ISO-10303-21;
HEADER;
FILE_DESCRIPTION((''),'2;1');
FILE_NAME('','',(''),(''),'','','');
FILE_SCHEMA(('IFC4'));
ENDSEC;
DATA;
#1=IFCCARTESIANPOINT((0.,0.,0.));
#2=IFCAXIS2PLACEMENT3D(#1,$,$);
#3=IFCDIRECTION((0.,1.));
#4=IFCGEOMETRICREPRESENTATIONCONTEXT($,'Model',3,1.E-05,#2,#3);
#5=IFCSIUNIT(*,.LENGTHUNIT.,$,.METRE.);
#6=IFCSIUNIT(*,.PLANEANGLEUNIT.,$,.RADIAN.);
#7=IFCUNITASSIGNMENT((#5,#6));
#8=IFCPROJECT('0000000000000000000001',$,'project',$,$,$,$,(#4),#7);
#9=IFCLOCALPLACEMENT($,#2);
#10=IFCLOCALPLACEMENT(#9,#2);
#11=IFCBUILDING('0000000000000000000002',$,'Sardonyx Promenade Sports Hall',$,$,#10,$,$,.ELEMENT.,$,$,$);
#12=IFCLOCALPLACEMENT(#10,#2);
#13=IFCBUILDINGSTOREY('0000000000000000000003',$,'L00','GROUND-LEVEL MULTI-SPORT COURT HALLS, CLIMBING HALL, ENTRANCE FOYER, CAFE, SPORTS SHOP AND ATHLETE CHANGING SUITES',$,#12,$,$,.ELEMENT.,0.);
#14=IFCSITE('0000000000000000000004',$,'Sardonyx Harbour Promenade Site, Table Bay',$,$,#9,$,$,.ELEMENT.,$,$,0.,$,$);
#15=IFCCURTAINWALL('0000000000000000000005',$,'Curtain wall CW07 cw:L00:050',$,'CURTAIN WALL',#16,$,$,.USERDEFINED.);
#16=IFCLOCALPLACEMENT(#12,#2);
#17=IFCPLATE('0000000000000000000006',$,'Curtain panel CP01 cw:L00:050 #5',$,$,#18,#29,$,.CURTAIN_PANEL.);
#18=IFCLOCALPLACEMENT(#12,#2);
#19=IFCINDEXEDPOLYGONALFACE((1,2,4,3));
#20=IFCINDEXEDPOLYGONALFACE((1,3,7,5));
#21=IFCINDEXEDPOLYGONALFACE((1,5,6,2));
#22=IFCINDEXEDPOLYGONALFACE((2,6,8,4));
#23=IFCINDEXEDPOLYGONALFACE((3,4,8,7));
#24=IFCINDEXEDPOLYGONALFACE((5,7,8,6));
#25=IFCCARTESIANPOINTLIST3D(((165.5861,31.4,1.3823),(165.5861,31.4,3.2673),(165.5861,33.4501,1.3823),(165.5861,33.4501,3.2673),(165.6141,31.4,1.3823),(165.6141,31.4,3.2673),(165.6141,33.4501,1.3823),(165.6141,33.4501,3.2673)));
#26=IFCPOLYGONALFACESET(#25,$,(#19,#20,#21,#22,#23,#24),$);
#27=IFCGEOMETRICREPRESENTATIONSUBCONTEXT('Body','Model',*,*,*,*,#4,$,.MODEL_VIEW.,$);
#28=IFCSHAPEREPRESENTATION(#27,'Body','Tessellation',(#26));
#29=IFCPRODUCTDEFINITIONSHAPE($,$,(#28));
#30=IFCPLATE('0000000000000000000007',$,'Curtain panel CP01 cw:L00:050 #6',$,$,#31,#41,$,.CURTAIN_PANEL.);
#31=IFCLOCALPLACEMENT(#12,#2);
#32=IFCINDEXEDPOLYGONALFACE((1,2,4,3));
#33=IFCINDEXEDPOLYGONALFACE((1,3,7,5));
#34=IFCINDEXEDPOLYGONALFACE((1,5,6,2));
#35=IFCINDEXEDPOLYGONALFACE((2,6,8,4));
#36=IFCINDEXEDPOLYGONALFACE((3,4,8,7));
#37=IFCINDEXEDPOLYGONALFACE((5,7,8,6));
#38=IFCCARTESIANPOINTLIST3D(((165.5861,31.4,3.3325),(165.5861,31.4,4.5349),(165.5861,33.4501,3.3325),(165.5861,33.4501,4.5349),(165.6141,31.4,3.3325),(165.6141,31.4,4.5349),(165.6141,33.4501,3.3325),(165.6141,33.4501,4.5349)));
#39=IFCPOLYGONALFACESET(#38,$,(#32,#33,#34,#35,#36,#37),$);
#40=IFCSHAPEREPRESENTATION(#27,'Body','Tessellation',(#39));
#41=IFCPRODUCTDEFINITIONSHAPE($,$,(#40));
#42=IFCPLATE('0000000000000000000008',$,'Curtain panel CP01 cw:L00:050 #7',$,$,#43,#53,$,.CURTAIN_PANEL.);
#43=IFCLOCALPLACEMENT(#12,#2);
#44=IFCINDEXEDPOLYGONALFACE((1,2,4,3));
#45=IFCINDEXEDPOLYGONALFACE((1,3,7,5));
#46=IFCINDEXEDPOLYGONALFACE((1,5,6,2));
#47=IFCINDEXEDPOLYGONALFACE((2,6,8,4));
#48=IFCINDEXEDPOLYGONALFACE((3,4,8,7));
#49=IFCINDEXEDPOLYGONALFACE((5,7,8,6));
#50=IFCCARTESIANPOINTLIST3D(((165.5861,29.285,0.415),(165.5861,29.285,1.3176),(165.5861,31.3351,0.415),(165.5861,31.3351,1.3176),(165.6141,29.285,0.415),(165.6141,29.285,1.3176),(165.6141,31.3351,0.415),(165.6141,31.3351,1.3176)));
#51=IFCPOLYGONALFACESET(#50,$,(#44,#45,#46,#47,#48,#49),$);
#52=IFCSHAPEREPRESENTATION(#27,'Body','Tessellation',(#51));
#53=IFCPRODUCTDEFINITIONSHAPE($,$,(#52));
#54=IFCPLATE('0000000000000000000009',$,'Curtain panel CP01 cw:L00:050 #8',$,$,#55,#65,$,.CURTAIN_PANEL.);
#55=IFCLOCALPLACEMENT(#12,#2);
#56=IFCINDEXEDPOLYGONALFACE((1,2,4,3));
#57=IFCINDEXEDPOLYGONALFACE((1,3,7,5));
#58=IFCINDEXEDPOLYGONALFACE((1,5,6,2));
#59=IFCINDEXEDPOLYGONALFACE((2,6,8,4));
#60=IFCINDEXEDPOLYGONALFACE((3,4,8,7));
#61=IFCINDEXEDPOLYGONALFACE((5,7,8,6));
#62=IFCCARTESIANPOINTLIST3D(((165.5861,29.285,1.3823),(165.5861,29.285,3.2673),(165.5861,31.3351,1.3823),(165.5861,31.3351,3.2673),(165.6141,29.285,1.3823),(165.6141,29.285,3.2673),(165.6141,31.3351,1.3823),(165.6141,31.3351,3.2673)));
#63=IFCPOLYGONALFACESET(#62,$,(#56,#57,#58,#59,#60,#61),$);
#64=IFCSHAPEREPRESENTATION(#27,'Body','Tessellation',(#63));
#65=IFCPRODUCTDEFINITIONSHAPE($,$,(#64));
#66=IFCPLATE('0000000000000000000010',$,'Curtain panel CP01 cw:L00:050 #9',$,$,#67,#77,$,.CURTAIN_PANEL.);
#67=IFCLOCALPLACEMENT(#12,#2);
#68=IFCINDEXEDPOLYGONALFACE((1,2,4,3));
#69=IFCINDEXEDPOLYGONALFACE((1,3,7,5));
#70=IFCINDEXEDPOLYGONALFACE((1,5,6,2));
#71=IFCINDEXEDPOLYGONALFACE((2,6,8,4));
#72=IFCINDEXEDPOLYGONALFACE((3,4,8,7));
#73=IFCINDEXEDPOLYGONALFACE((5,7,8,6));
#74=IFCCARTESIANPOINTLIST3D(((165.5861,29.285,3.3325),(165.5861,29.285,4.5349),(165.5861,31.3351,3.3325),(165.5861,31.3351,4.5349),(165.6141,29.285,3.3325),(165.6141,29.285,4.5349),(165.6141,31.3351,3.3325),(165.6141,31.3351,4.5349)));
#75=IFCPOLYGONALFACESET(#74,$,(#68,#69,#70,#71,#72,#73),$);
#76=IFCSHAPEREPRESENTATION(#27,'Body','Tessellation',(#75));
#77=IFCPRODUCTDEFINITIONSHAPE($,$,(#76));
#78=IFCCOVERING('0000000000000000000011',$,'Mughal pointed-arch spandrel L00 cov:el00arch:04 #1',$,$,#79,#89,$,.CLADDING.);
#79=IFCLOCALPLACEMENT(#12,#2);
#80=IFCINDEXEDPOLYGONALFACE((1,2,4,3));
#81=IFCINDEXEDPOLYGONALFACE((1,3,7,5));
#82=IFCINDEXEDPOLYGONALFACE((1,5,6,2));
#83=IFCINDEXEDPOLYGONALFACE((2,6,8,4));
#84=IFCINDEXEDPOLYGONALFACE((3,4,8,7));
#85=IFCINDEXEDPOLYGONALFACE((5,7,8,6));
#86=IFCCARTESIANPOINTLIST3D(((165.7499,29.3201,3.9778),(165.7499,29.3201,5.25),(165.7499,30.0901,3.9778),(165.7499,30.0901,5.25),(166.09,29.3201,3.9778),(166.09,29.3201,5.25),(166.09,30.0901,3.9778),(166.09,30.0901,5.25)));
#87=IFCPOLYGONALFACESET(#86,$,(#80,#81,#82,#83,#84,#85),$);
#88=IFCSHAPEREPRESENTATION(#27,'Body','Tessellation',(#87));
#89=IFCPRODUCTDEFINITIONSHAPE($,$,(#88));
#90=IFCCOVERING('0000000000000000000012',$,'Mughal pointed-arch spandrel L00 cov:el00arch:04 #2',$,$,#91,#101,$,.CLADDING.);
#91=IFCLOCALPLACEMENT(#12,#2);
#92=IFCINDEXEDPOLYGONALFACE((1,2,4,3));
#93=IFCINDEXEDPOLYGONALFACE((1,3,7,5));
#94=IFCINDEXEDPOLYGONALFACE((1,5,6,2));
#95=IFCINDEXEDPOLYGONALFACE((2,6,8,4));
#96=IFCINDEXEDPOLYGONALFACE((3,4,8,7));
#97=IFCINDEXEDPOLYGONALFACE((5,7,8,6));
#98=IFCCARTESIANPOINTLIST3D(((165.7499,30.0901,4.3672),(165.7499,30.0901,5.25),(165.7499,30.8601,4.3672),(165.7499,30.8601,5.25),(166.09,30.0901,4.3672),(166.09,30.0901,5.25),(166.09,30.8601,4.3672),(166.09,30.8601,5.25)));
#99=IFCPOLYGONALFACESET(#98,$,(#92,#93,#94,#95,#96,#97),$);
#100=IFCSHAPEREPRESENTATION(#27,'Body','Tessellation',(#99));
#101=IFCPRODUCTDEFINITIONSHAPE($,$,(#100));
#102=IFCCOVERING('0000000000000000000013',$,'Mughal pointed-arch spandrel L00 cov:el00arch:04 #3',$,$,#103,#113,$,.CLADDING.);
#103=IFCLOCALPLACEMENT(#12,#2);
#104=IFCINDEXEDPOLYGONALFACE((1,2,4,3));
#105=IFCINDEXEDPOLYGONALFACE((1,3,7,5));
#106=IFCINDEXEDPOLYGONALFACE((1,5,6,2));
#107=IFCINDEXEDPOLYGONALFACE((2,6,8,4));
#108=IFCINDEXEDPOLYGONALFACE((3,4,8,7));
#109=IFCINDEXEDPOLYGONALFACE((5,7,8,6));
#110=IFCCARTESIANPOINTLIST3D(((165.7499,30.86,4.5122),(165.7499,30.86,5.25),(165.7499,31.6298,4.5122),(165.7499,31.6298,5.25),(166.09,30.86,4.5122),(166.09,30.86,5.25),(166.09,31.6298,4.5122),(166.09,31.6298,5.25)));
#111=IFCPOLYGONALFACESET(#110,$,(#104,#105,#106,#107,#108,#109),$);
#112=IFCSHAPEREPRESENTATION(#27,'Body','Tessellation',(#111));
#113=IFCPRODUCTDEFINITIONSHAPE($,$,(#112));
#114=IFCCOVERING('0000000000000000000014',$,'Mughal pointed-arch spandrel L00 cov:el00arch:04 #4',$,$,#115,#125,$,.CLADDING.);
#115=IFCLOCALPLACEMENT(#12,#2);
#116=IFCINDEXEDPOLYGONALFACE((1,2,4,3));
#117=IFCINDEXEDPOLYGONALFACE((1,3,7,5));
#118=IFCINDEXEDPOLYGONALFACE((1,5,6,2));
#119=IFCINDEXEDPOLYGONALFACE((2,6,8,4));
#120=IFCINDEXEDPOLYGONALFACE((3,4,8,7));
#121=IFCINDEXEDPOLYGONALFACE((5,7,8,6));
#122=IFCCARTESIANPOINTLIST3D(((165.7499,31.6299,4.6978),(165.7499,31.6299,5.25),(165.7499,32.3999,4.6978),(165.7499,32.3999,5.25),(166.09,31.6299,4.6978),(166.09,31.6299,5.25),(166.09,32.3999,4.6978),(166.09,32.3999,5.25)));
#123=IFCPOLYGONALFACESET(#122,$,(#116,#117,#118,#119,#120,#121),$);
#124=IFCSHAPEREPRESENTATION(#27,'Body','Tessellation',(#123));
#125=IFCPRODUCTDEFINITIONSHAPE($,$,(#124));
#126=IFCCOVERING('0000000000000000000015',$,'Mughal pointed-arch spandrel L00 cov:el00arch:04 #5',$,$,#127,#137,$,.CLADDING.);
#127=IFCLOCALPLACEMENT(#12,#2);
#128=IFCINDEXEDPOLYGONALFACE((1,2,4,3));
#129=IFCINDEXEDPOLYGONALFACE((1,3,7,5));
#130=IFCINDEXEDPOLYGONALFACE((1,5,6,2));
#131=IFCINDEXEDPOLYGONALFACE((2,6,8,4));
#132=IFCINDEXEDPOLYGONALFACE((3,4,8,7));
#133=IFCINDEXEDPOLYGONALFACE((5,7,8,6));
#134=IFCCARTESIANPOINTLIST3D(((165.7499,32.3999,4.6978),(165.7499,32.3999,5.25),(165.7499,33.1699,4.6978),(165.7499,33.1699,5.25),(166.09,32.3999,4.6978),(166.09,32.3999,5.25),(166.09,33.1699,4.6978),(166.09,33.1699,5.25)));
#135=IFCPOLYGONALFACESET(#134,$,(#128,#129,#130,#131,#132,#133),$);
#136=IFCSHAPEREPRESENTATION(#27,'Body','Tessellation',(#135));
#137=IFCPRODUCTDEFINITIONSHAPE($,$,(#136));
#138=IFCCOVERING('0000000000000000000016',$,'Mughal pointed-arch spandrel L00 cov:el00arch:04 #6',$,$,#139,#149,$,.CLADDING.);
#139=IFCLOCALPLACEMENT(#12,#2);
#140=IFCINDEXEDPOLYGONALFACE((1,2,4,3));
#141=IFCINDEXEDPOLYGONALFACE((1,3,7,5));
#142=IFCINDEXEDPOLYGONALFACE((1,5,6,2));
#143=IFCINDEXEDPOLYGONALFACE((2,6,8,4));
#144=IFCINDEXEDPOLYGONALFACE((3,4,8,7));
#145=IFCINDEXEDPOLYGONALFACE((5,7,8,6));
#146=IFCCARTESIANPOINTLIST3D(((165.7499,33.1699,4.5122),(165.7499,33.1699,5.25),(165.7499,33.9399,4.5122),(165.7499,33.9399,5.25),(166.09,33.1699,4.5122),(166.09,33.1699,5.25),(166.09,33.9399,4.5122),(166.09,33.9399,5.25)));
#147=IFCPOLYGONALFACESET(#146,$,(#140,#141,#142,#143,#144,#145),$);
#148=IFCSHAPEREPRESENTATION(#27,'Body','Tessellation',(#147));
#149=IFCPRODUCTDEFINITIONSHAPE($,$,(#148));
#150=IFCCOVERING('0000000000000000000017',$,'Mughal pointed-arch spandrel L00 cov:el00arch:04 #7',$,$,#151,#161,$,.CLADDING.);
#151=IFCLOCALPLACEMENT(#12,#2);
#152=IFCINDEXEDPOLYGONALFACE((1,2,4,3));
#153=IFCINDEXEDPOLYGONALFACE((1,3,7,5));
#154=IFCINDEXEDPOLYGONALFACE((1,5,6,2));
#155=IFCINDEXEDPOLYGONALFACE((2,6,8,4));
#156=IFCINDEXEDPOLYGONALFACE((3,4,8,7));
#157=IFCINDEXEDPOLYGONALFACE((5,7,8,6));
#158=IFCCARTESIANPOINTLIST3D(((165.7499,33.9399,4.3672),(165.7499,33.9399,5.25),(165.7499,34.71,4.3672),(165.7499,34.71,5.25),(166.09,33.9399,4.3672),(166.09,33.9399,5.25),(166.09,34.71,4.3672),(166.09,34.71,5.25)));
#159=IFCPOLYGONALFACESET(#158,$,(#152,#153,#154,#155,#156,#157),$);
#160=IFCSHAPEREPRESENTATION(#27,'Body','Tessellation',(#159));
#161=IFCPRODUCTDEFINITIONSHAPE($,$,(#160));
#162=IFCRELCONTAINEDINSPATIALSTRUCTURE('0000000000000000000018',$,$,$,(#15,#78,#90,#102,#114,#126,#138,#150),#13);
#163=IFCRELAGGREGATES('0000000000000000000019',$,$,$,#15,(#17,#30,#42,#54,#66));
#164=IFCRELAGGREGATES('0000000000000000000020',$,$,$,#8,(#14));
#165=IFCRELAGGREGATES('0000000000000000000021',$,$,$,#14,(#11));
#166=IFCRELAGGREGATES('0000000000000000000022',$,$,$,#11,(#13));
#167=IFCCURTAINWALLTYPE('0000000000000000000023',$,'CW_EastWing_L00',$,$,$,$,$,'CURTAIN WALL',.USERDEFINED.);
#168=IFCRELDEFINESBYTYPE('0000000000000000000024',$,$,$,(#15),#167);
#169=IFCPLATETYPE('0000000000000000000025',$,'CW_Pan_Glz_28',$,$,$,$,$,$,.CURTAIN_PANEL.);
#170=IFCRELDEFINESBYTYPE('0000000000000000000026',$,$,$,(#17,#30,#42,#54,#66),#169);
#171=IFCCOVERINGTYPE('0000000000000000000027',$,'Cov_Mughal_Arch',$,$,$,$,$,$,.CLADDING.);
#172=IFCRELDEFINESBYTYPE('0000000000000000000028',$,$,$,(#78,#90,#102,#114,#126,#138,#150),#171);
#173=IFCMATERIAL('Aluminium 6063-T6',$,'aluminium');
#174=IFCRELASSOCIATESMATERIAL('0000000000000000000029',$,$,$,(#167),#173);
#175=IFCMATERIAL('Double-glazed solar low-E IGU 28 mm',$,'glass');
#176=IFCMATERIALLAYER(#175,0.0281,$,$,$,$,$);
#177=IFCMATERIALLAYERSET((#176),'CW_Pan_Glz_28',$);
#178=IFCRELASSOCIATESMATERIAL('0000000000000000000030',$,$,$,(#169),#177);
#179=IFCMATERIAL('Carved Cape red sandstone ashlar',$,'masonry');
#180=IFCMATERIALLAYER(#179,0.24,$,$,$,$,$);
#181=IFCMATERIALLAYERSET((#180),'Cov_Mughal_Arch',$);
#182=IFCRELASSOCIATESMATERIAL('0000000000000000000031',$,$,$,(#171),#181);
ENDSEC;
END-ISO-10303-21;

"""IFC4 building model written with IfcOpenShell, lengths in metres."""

from ifc_helpers import new_model, si_unit, direction, frame, frame_2d, origin, origin_2d, place, context, subcontext, project, spatial, rectangle, extrude, material, layer, layer_set, type_object, element, aggregate, save


model = new_model("IFC4")

# Units and contexts
model_context = context("Model", 3, precision=1e-05, world=origin(), true_north=direction((0.0, 1.0)))
body_context = subcontext(model_context, "Body", "Model", "MODEL_VIEW")
ifc_project = project(units=[si_unit("LENGTHUNIT", "METRE"), si_unit("PLANEANGLEUNIT", "RADIAN")], contexts=[model_context])

# Site, building, storey
site_placement = place(None, origin())
site = spatial("IfcSite", under=ifc_project, at=site_placement, Name="Sardonyx Harbour Promenade Site, Table Bay", CompositionType="ELEMENT", RefElevation=0.0)
building_placement = place(site_placement, origin())
building = spatial("IfcBuilding", under=site, at=building_placement, Name="Sardonyx Promenade Sports Hall", CompositionType="ELEMENT")
storey_placement = place(building_placement, origin())
storey = spatial("IfcBuildingStorey", under=building, at=storey_placement, Name="L00", Description="GROUND-LEVEL MULTI-SPORT COURT HALLS, CLIMBING HALL, ENTRANCE FOYER, CAFE, SPORTS SHOP AND ATHLETE CHANGING SUITES", CompositionType="ELEMENT", Elevation=0.0)

# Curtain wall, plates
ifc_material_1 = material(Name="Aluminium 6063-T6", Category="aluminium")
curtain_wall_type = type_object("IfcCurtainWallType", Name="CW_EastWing_L00", ElementType="CURTAIN WALL", PredefinedType="USERDEFINED", material=ifc_material_1)
curtain_wall_placement = place(storey_placement, origin())
curtain_wall = element("IfcCurtainWall", 1, at=curtain_wall_placement, inside=storey, type_object=curtain_wall_type, Name="Curtain wall CW07 cw:L00:050", ObjectType="CURTAIN WALL", PredefinedType="USERDEFINED")
ifc_material_2 = material(Name="Double-glazed solar low-E IGU 28 mm", Category="glass")
ifc_layer_1 = layer(ifc_material_2, 0.0281)
ifc_layer_set_1 = layer_set([ifc_layer_1], Name="CW_Pan_Glz_28")
plate_type = type_object("IfcPlateType", Name="CW_Pan_Glz_28", PredefinedType="CURTAIN_PANEL", material=ifc_layer_set_1)
plate_1_placement = place(storey_placement, frame((165.6001, 32.425, 1.3823), z_axis=(0.0, 0.0, 1.0), x_axis=(0.0, -1.0, 0.0)))
plate_1 = element("IfcPlate", 2, at=plate_1_placement, type_object=plate_type, Name="Curtain panel CP01 cw:L00:050 #5", PredefinedType="CURTAIN_PANEL", context=body_context, shape_type="SweptSolid", body=[
    extrude(rectangle(XDim=2.05, YDim=0.0281, at=origin_2d()), origin(), (0.0, 0.0, 1.0), 1.885),
])
plate_2_placement = place(storey_placement, frame((165.6001, 32.425, 3.3325), z_axis=(0.0, 0.0, 1.0), x_axis=(0.0, -1.0, 0.0)))
plate_2 = element("IfcPlate", 3, at=plate_2_placement, type_object=plate_type, Name="Curtain panel CP01 cw:L00:050 #6", PredefinedType="CURTAIN_PANEL", context=body_context, shape_type="SweptSolid", body=[
    extrude(rectangle(XDim=2.05, YDim=0.0281, at=origin_2d()), origin(), (0.0, 0.0, 1.0), 1.2024),
])
plate_3_placement = place(storey_placement, frame((165.6001, 30.3101, 0.415), z_axis=(0.0, 0.0, 1.0), x_axis=(0.0, -1.0, 0.0)))
plate_3 = element("IfcPlate", 4, at=plate_3_placement, type_object=plate_type, Name="Curtain panel CP01 cw:L00:050 #7", PredefinedType="CURTAIN_PANEL", context=body_context, shape_type="SweptSolid", body=[
    extrude(rectangle(XDim=2.05, YDim=0.0281, at=origin_2d()), origin(), (0.0, 0.0, 1.0), 0.9026),
])
plate_4_placement = place(storey_placement, frame((165.6001, 30.3101, 1.3823), z_axis=(0.0, 0.0, 1.0), x_axis=(0.0, -1.0, 0.0)))
plate_4 = element("IfcPlate", 5, at=plate_4_placement, type_object=plate_type, Name="Curtain panel CP01 cw:L00:050 #8", PredefinedType="CURTAIN_PANEL", context=body_context, shape_type="SweptSolid", body=[
    extrude(rectangle(XDim=2.05, YDim=0.0281, at=origin_2d()), origin(), (0.0, 0.0, 1.0), 1.885),
])
plate_5_placement = place(storey_placement, frame((165.6001, 30.3101, 3.3325), z_axis=(0.0, 0.0, 1.0), x_axis=(0.0, -1.0, 0.0)))
plate_5 = element("IfcPlate", 6, at=plate_5_placement, type_object=plate_type, Name="Curtain panel CP01 cw:L00:050 #9", PredefinedType="CURTAIN_PANEL", context=body_context, shape_type="SweptSolid", body=[
    extrude(rectangle(XDim=2.05, YDim=0.0281, at=origin_2d()), origin(), (0.0, 0.0, 1.0), 1.2024),
])
aggregate(curtain_wall, [plate_1, plate_2, plate_3, plate_4, plate_5])

# Coverings
ifc_material_3 = material(Name="Carved Cape red sandstone ashlar", Category="masonry")
ifc_layer_2 = layer(ifc_material_3, 0.24)
ifc_layer_set_2 = layer_set([ifc_layer_2], Name="Cov_Mughal_Arch")
covering_type = type_object("IfcCoveringType", Name="Cov_Mughal_Arch", PredefinedType="CLADDING", material=ifc_layer_set_2)
covering_1_placement = place(storey_placement, frame((165.9199, 29.3201, 3.9778), z_axis=(0.0, 0.0, 1.0), x_axis=(0.0, 1.0, 0.0)))
element("IfcCovering", 7, at=covering_1_placement, inside=storey, type_object=covering_type, Name="Mughal pointed-arch spandrel L00 cov:el00arch:04 #1", PredefinedType="CLADDING", context=body_context, shape_type="SweptSolid", body=[
    extrude(rectangle(XDim=0.77, YDim=0.3401, at=frame_2d((0.385, 0.0))), origin(), (0.0, 0.0, 1.0), 1.2722),
])
covering_2_placement = place(storey_placement, frame((165.9199, 30.0901, 4.3672), z_axis=(0.0, 0.0, 1.0), x_axis=(0.0, 1.0, 0.0)))
element("IfcCovering", 8, at=covering_2_placement, inside=storey, type_object=covering_type, Name="Mughal pointed-arch spandrel L00 cov:el00arch:04 #2", PredefinedType="CLADDING", context=body_context, shape_type="SweptSolid", body=[
    extrude(rectangle(XDim=0.77, YDim=0.3401, at=frame_2d((0.385, 0.0))), origin(), (0.0, 0.0, 1.0), 0.8828),
])
covering_3_placement = place(storey_placement, frame((165.9199, 30.8601, 4.5122), z_axis=(0.0, 0.0, 1.0), x_axis=(0.0, 1.0, 0.0)))
element("IfcCovering", 9, at=covering_3_placement, inside=storey, type_object=covering_type, Name="Mughal pointed-arch spandrel L00 cov:el00arch:04 #3", PredefinedType="CLADDING", context=body_context, shape_type="SweptSolid", body=[
    extrude(rectangle(XDim=0.7698, YDim=0.3401, at=frame_2d((0.3848, 0.0))), origin(), (0.0, 0.0, 1.0), 0.7378),
])
for number, where, z_axis, x_axis, name in (
    (10, (165.9199, 31.6299, 4.6978), (0.0, 0.0, 1.0), (0.0, 1.0, 0.0), "Mughal pointed-arch spandrel L00 cov:el00arch:04 #4"),
    (11, (165.9199, 32.3999, 4.6978), (0.0, 0.0, 1.0), (0.0, 1.0, 0.0), "Mughal pointed-arch spandrel L00 cov:el00arch:04 #5"),
):
    element("IfcCovering", number, at=place(storey_placement, frame(where, z_axis=z_axis, x_axis=x_axis)), inside=storey, type_object=covering_type, Name=name, PredefinedType="CLADDING", context=body_context, shape_type="SweptSolid", body=[
        extrude(rectangle(XDim=0.77, YDim=0.3401, at=frame_2d((0.385, 0.0))), origin(), (0.0, 0.0, 1.0), 0.5522),
    ])
covering_4_placement = place(storey_placement, frame((165.9199, 33.1699, 4.5122), z_axis=(0.0, 0.0, 1.0), x_axis=(0.0, 1.0, 0.0)))
element("IfcCovering", 12, at=covering_4_placement, inside=storey, type_object=covering_type, Name="Mughal pointed-arch spandrel L00 cov:el00arch:04 #6", PredefinedType="CLADDING", context=body_context, shape_type="SweptSolid", body=[
    extrude(rectangle(XDim=0.77, YDim=0.3401, at=frame_2d((0.385, 0.0))), origin(), (0.0, 0.0, 1.0), 0.7378),
])
covering_5_placement = place(storey_placement, frame((165.9199, 33.9399, 4.3672), z_axis=(0.0, 0.0, 1.0), x_axis=(0.0, 1.0, 0.0)))
element("IfcCovering", 13, at=covering_5_placement, inside=storey, type_object=covering_type, Name="Mughal pointed-arch spandrel L00 cov:el00arch:04 #7", PredefinedType="CLADDING", context=body_context, shape_type="SweptSolid", body=[
    extrude(rectangle(XDim=0.77, YDim=0.3401, at=frame_2d((0.385, 0.0))), origin(), (0.0, 0.0, 1.0), 0.8828),
])

save(model, "model.ifc")
